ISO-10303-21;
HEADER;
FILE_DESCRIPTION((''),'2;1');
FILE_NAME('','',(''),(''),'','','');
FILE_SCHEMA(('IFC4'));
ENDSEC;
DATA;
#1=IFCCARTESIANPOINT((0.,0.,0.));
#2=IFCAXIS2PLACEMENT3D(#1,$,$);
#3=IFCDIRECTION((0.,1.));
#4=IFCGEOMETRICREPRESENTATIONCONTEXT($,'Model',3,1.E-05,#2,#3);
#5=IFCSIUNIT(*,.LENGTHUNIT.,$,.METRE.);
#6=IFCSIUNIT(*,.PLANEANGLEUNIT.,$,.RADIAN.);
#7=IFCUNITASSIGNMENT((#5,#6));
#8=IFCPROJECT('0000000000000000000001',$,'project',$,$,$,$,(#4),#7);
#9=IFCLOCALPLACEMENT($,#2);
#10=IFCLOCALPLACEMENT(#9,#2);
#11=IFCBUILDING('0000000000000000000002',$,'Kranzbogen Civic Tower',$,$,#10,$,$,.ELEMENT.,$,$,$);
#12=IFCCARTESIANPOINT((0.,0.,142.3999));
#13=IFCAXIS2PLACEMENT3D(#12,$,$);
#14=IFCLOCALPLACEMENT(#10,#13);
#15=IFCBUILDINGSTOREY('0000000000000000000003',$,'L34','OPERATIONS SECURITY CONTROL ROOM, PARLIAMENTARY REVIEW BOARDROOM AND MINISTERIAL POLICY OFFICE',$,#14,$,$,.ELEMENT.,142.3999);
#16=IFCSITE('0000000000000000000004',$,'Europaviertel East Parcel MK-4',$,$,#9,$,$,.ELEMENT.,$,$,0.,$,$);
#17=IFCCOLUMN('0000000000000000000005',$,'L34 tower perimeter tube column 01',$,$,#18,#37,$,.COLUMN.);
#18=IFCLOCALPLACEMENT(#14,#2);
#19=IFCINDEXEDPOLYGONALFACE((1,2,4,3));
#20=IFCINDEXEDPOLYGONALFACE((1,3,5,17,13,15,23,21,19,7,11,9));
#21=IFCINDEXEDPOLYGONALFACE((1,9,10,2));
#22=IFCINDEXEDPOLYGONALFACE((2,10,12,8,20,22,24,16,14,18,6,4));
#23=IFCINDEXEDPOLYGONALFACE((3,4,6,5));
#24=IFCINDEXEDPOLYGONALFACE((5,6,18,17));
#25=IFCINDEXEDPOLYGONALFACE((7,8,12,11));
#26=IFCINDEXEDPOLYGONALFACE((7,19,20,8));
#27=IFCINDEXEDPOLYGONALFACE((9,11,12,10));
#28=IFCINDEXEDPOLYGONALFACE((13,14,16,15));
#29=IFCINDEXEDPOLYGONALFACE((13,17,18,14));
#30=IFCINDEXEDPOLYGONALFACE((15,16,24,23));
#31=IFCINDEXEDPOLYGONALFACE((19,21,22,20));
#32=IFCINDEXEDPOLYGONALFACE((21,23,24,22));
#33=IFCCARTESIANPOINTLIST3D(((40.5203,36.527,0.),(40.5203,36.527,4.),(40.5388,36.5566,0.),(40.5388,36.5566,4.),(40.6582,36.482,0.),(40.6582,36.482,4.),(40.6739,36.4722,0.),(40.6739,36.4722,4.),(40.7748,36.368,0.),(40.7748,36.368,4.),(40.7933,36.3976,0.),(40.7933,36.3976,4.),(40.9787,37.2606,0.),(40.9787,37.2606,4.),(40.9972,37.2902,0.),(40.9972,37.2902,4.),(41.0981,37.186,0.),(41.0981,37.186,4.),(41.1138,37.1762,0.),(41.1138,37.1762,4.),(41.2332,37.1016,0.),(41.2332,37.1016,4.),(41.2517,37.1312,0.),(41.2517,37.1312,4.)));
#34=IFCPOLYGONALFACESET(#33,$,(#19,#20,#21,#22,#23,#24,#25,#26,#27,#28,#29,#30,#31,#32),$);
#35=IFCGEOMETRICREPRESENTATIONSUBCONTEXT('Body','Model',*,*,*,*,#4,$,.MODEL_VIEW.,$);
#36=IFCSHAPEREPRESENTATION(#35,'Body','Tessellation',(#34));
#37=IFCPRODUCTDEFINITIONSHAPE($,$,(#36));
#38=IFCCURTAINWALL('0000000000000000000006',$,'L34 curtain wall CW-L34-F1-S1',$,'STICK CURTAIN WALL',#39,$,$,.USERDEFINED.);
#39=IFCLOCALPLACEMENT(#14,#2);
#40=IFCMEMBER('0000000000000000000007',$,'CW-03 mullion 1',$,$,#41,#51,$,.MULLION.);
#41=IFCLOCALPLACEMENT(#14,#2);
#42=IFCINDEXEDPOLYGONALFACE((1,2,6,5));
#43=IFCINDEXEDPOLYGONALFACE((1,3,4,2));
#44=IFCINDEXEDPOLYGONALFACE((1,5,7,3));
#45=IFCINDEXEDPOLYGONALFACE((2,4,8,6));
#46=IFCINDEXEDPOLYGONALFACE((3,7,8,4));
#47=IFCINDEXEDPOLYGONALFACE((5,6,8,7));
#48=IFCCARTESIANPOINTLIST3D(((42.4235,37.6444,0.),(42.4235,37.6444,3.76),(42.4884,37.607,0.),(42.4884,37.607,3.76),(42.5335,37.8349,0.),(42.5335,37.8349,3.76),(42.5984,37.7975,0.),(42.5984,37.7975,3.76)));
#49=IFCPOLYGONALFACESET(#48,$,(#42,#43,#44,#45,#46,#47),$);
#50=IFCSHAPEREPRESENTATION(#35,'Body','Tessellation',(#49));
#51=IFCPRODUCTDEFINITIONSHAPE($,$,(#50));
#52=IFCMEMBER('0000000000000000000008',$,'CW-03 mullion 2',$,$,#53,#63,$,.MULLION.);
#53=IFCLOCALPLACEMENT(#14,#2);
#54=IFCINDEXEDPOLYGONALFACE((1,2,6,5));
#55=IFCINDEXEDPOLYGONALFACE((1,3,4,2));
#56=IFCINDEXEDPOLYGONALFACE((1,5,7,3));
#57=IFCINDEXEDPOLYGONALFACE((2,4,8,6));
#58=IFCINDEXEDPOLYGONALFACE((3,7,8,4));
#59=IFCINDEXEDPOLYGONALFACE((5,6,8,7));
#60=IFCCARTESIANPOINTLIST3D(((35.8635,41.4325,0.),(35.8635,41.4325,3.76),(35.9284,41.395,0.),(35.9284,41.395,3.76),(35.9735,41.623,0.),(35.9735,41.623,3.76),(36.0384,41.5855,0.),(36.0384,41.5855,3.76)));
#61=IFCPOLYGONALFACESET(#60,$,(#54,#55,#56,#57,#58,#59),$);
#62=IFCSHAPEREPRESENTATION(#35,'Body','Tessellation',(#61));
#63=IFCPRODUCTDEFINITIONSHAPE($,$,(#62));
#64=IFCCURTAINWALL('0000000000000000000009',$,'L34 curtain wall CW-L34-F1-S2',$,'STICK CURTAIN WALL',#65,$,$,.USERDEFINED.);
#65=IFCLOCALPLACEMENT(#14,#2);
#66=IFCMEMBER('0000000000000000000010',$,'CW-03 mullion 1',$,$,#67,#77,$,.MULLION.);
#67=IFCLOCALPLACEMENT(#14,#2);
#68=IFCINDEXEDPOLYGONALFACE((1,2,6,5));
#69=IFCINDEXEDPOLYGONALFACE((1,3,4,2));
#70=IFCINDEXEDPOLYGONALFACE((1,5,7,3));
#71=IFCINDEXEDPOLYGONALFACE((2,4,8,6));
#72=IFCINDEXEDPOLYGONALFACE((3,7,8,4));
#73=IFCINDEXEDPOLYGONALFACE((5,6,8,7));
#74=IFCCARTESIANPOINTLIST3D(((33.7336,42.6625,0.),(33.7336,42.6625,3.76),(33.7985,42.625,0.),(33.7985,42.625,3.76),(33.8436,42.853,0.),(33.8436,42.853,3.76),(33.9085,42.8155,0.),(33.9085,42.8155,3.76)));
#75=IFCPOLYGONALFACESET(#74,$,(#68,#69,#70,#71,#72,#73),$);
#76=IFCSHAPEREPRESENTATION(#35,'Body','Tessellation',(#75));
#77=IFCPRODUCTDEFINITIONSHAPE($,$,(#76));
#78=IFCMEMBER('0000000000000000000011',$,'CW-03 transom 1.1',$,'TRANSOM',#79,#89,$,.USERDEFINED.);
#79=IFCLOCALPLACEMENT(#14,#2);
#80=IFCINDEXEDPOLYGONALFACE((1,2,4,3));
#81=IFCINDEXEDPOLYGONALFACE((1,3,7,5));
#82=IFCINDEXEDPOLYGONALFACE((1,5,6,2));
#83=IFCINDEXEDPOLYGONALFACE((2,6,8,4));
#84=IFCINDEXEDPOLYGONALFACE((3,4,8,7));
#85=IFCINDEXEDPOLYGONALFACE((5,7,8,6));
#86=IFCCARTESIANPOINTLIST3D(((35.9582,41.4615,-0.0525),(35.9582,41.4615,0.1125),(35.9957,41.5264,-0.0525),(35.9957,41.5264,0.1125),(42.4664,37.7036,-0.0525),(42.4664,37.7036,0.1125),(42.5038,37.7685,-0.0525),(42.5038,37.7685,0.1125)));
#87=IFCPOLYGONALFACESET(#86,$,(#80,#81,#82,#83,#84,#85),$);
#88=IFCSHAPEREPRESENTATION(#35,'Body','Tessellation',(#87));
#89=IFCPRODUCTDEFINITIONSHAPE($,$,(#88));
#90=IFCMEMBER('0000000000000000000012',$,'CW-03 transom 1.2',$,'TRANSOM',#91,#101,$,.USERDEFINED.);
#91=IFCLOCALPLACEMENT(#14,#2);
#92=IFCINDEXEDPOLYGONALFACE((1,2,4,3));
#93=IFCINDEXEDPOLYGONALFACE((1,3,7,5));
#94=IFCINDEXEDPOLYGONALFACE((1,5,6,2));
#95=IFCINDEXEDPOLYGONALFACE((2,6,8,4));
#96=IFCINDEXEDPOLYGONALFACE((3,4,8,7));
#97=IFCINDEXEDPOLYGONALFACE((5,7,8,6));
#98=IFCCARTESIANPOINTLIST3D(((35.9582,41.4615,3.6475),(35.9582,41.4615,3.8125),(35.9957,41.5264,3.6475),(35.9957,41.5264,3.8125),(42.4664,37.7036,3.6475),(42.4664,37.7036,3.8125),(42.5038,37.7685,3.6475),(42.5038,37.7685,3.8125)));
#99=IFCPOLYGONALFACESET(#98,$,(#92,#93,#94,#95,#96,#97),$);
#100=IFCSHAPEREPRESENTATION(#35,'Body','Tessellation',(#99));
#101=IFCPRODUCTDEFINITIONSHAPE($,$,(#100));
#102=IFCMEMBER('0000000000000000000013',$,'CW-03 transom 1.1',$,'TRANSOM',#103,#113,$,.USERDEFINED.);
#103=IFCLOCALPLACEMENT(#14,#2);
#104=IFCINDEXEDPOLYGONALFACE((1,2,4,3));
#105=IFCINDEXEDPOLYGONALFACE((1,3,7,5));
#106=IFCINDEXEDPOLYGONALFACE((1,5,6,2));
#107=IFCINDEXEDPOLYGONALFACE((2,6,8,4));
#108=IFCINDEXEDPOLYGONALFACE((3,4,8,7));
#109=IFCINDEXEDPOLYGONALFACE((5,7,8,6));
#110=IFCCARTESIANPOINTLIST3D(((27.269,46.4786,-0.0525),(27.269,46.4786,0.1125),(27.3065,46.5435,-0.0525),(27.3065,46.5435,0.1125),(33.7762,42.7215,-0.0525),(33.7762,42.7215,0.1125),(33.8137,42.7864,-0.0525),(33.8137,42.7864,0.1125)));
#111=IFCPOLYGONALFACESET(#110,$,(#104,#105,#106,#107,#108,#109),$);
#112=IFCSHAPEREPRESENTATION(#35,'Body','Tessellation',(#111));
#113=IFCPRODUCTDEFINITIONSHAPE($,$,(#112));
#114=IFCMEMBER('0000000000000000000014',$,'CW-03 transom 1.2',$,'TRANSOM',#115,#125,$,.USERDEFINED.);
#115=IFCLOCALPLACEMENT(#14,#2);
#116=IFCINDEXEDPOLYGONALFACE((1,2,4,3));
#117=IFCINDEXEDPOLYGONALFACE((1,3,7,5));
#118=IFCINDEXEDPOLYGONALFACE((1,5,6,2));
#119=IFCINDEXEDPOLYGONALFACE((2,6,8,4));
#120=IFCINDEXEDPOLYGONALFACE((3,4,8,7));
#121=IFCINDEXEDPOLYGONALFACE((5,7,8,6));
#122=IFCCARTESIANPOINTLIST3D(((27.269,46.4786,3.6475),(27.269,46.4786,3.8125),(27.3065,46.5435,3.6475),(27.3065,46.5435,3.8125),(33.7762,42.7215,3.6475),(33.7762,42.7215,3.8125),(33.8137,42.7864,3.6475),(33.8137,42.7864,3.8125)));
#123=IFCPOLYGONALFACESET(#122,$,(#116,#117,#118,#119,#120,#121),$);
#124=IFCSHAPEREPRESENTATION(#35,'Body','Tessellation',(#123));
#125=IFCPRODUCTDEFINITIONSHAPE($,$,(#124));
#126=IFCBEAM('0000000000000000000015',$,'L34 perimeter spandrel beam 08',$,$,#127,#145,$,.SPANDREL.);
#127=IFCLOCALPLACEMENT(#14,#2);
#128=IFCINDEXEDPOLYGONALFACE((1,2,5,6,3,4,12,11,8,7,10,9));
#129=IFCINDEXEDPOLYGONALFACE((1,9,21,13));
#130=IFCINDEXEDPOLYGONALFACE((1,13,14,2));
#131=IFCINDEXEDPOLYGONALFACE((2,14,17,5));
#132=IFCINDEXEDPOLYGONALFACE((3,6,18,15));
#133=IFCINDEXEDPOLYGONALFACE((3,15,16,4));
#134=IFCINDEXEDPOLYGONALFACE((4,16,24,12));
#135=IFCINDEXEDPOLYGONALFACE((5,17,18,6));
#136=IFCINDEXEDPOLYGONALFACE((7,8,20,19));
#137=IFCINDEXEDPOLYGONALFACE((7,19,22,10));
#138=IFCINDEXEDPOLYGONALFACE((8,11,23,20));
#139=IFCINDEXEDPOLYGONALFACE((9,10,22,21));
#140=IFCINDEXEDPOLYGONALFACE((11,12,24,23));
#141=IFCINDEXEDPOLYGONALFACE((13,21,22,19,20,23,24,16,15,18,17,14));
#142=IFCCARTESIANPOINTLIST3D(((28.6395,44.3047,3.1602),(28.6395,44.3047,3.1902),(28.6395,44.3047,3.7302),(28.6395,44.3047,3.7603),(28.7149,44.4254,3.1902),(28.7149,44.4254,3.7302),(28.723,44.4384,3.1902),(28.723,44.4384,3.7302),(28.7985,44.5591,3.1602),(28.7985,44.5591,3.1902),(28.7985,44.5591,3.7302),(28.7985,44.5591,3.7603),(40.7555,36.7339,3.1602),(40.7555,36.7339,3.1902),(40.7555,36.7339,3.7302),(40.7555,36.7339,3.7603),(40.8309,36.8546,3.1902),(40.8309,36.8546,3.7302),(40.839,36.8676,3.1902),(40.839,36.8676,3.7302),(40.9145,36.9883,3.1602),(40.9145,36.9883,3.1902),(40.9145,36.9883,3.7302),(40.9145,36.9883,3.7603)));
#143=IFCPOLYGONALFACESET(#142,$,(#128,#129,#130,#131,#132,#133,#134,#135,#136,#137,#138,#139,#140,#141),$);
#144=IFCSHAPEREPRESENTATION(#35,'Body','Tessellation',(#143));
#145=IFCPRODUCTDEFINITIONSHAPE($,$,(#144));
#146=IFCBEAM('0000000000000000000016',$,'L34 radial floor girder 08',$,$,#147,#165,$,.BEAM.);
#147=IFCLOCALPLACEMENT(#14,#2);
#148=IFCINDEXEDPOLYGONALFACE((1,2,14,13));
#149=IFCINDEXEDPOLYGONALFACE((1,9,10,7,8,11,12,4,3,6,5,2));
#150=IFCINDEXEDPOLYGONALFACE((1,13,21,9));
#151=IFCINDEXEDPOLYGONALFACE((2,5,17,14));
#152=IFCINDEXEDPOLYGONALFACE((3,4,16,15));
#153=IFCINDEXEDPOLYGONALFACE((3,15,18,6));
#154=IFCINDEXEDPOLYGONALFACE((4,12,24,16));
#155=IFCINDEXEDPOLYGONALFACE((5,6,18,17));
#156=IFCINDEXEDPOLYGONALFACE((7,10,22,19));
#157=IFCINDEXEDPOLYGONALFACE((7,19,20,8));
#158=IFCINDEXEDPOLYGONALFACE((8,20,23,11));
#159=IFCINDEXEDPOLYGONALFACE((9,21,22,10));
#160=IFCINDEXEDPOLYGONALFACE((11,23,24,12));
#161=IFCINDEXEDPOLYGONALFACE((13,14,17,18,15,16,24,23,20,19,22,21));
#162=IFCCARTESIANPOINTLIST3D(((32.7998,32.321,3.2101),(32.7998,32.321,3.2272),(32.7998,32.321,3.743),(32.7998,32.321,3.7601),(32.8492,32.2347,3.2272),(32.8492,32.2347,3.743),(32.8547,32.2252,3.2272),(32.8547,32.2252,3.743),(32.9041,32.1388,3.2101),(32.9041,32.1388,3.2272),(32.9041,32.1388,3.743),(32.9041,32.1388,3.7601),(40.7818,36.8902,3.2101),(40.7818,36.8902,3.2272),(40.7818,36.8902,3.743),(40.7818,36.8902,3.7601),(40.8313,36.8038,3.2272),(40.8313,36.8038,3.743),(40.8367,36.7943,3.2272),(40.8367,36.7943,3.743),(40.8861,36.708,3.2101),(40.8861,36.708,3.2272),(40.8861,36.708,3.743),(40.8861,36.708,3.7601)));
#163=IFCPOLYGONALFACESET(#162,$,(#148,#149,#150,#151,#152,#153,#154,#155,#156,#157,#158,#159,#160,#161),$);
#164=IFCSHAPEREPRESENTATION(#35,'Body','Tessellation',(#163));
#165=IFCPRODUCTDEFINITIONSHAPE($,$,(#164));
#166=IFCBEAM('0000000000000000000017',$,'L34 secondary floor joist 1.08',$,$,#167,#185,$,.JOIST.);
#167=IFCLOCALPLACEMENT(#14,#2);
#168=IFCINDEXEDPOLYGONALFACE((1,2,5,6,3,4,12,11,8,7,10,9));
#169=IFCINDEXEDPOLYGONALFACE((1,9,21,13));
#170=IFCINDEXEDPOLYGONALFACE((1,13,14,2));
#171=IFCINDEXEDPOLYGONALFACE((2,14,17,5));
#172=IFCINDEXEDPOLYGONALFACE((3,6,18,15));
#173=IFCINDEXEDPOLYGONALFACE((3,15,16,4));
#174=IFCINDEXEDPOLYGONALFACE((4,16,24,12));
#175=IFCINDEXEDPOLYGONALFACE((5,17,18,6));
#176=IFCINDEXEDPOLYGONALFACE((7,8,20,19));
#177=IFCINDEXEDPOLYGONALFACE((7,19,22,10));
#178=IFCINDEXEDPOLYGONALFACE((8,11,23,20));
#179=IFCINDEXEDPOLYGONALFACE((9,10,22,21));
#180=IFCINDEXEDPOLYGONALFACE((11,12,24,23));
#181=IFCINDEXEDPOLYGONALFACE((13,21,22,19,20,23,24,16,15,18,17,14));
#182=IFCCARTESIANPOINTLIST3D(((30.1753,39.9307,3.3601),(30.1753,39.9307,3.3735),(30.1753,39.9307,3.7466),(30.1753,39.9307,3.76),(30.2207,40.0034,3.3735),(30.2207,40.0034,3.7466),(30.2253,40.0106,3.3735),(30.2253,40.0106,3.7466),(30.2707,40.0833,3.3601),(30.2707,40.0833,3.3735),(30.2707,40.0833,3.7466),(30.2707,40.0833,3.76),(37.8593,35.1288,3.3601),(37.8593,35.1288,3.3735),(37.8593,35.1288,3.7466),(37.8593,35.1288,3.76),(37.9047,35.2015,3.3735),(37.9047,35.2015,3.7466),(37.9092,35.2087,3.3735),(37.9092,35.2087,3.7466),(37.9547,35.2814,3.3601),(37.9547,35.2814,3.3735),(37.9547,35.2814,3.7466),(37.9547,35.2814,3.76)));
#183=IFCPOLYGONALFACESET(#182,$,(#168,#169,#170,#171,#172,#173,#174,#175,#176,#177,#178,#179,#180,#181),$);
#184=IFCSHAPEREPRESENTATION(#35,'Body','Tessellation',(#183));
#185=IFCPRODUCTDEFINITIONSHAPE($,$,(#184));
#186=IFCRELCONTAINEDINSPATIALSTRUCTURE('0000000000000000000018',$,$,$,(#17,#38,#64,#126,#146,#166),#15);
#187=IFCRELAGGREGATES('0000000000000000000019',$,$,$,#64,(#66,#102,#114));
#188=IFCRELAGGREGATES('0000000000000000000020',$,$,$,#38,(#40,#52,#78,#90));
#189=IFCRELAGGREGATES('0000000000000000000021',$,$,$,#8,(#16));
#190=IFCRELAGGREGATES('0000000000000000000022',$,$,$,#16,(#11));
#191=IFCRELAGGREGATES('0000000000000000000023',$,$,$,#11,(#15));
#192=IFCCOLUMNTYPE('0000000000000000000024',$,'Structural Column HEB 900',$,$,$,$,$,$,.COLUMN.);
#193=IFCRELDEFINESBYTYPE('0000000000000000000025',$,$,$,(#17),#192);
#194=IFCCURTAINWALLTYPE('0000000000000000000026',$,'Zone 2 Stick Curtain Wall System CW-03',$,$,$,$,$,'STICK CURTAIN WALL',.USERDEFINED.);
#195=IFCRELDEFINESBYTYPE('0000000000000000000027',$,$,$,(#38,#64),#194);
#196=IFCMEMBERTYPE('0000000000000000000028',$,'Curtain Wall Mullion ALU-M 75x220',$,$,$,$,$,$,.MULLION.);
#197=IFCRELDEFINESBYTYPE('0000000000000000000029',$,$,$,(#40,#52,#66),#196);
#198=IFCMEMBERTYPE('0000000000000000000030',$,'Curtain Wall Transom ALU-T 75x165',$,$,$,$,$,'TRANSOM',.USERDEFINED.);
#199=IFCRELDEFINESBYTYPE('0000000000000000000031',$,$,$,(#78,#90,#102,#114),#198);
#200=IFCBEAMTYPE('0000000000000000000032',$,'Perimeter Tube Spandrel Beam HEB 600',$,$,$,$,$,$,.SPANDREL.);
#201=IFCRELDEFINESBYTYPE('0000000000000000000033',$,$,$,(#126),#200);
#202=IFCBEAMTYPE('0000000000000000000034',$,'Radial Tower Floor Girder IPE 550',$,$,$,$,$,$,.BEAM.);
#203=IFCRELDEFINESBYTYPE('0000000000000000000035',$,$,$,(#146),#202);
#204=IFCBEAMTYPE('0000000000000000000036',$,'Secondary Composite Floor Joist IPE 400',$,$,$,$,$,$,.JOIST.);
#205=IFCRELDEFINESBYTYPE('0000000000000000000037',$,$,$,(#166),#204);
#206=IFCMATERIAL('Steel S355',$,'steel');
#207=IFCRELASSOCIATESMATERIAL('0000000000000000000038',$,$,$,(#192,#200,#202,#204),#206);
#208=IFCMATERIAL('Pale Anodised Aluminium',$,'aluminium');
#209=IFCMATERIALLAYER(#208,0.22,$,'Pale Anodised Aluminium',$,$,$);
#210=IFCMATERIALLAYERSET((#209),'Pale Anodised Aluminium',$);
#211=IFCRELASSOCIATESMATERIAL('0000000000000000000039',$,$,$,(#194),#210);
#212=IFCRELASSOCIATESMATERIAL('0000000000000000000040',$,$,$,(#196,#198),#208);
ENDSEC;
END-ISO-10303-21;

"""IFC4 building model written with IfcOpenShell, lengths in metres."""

from ifc_helpers import new_model, si_unit, direction, frame, origin, origin_2d, place, context, subcontext, project, spatial, rectangle, i_section, extrude, material, layer, layer_set, material_profile, profile_set, type_object, element, aggregate, save


model = new_model("IFC4")

# Units and contexts
model_context = context("Model", 3, precision=1e-05, world=origin(), true_north=direction((0.0, 1.0)))
body_context = subcontext(model_context, "Body", "Model", "MODEL_VIEW")
ifc_project = project(units=[si_unit("LENGTHUNIT", "METRE"), si_unit("PLANEANGLEUNIT", "RADIAN")], contexts=[model_context])

# Site, building, storey
site_placement = place(None, origin())
site = spatial("IfcSite", under=ifc_project, at=site_placement, Name="Europaviertel East Parcel MK-4", CompositionType="ELEMENT", RefElevation=0.0)
building_placement = place(site_placement, origin())
building = spatial("IfcBuilding", under=site, at=building_placement, Name="Kranzbogen Civic Tower", CompositionType="ELEMENT")
storey_placement = place(building_placement, frame((0.0, 0.0, 142.3999)))
storey = spatial("IfcBuildingStorey", under=building, at=storey_placement, Name="L34", Description="OPERATIONS SECURITY CONTROL ROOM, PARLIAMENTARY REVIEW BOARDROOM AND MINISTERIAL POLICY OFFICE", CompositionType="ELEMENT", Elevation=142.3999)

# Column
ifc_material_1 = material(Name="Steel S355", Category="steel")
ifc_material_profile_1 = material_profile(ifc_material_1, i_section(OverallWidth=0.3, OverallDepth=0.8999, WebThickness=0.0186, FlangeThickness=0.0349, at=origin_2d()), Name="HEB 900")
ifc_profile_set_1 = profile_set([ifc_material_profile_1], Name="Steel S355")
column_type = type_object("IfcColumnType", Name="Structural Column HEB 900", PredefinedType="COLUMN", material=ifc_profile_set_1)
column_placement = place(storey_placement, frame((40.886, 36.8291, 0.0), z_axis=(0.0, 0.0, 1.0), x_axis=(-0.848048, 0.529919, 0.0)))
element("IfcColumn", 1, at=column_placement, inside=storey, type_object=column_type, Name="L34 tower perimeter tube column 01", PredefinedType="COLUMN", context=body_context, shape_type="SweptSolid", body=[
    extrude(i_section(OverallWidth=0.3, OverallDepth=0.8999, WebThickness=0.0186, FlangeThickness=0.0349, at=origin_2d()), origin(), (0.0, 0.0, 1.0), 4.0),
])

# Curtain wall, members
ifc_material_2 = material(Name="Pale Anodised Aluminium", Category="aluminium")
ifc_layer_1 = layer(ifc_material_2, 0.22, Name="Pale Anodised Aluminium")
ifc_layer_set_1 = layer_set([ifc_layer_1], Name="Pale Anodised Aluminium")
curtain_wall_type = type_object("IfcCurtainWallType", Name="Zone 2 Stick Curtain Wall System CW-03", ElementType="STICK CURTAIN WALL", PredefinedType="USERDEFINED", material=ifc_layer_set_1)
curtain_wall_1_placement = place(storey_placement, origin())
curtain_wall_1 = element("IfcCurtainWall", 2, at=curtain_wall_1_placement, inside=storey, type_object=curtain_wall_type, Name="L34 curtain wall CW-L34-F1-S1", ObjectType="STICK CURTAIN WALL", PredefinedType="USERDEFINED")
ifc_material_profile_2 = material_profile(ifc_material_2, rectangle(XDim=0.075, YDim=0.22, at=origin_2d()), Name="ALU-M 75x220")
ifc_profile_set_2 = profile_set([ifc_material_profile_2], Name="Pale Anodised Aluminium")
member_type_1 = type_object("IfcMemberType", Name="Curtain Wall Mullion ALU-M 75x220", PredefinedType="MULLION", material=ifc_profile_set_2)
member_1_placement = place(storey_placement, frame((42.511, 37.7209, 0.0), z_axis=(0.0, 0.0, 1.0), x_axis=(-0.865994, 0.500055, 0.0)))
member_1 = element("IfcMember", 3, at=member_1_placement, type_object=member_type_1, Name="CW-03 mullion 1", PredefinedType="MULLION", context=body_context, shape_type="SweptSolid", body=[
    extrude(rectangle(XDim=0.075, YDim=0.22, at=origin_2d()), origin(), (0.0, 0.0, 1.0), 3.76),
])
member_2_placement = place(storey_placement, frame((35.9509, 41.509, 0.0), z_axis=(0.0, 0.0, 1.0), x_axis=(-0.865994, 0.500055, 0.0)))
member_2 = element("IfcMember", 4, at=member_2_placement, type_object=member_type_1, Name="CW-03 mullion 2", PredefinedType="MULLION", context=body_context, shape_type="SweptSolid", body=[
    extrude(rectangle(XDim=0.075, YDim=0.22, at=origin_2d()), origin(), (0.0, 0.0, 1.0), 3.76),
])

# Curtain wall, member
curtain_wall_2_placement = place(storey_placement, origin())
curtain_wall_2 = element("IfcCurtainWall", 5, at=curtain_wall_2_placement, inside=storey, type_object=curtain_wall_type, Name="L34 curtain wall CW-L34-F1-S2", ObjectType="STICK CURTAIN WALL", PredefinedType="USERDEFINED")
member_3_placement = place(storey_placement, frame((33.821, 42.739, 0.0), z_axis=(0.0, 0.0, 1.0), x_axis=(-0.866018, 0.500013, 0.0)))
member_3 = element("IfcMember", 6, at=member_3_placement, type_object=member_type_1, Name="CW-03 mullion 1", PredefinedType="MULLION", context=body_context, shape_type="SweptSolid", body=[
    extrude(rectangle(XDim=0.075, YDim=0.22, at=origin_2d()), origin(), (0.0, 0.0, 1.0), 3.76),
])

# Members
ifc_material_profile_3 = material_profile(ifc_material_2, rectangle(XDim=0.075, YDim=0.165, at=origin_2d()), Name="ALU-T 75x165")
ifc_profile_set_3 = profile_set([ifc_material_profile_3], Name="Pale Anodised Aluminium")
member_type_2 = type_object("IfcMemberType", Name="Curtain Wall Transom ALU-T 75x165", ElementType="TRANSOM", PredefinedType="USERDEFINED", material=ifc_profile_set_3)
member_4_placement = place(storey_placement, frame((42.4851, 37.7361, 0.03), z_axis=(-0.866003, 0.500038, 0.0), x_axis=(-0.500038, -0.866003, 0.0)))
member_4 = element("IfcMember", 7, at=member_4_placement, type_object=member_type_2, Name="CW-03 transom 1.1", ObjectType="TRANSOM", PredefinedType="USERDEFINED", context=body_context, shape_type="SweptSolid", body=[
    extrude(rectangle(XDim=0.075, YDim=0.165, at=origin_2d()), origin(), (0.0, 0.0, 1.0), 7.5151),
])
member_5_placement = place(storey_placement, frame((42.4851, 37.7361, 3.73), z_axis=(-0.866003, 0.500038, 0.0), x_axis=(-0.500038, -0.866003, 0.0)))
member_5 = element("IfcMember", 8, at=member_5_placement, type_object=member_type_2, Name="CW-03 transom 1.2", ObjectType="TRANSOM", PredefinedType="USERDEFINED", context=body_context, shape_type="SweptSolid", body=[
    extrude(rectangle(XDim=0.075, YDim=0.165, at=origin_2d()), origin(), (0.0, 0.0, 1.0), 7.5151),
])
member_6_placement = place(storey_placement, frame((33.7949, 42.7539, 0.03), z_axis=(-0.866013, 0.500022, 0.0), x_axis=(-0.500022, -0.866013, 0.0)))
member_6 = element("IfcMember", 9, at=member_6_placement, type_object=member_type_2, Name="CW-03 transom 1.1", ObjectType="TRANSOM", PredefinedType="USERDEFINED", context=body_context, shape_type="SweptSolid", body=[
    extrude(rectangle(XDim=0.075, YDim=0.165, at=origin_2d()), origin(), (0.0, 0.0, 1.0), 7.5139),
])
member_7_placement = place(storey_placement, frame((33.7949, 42.7539, 3.73), z_axis=(-0.866013, 0.500022, 0.0), x_axis=(-0.500022, -0.866013, 0.0)))
member_7 = element("IfcMember", 10, at=member_7_placement, type_object=member_type_2, Name="CW-03 transom 1.2", ObjectType="TRANSOM", PredefinedType="USERDEFINED", context=body_context, shape_type="SweptSolid", body=[
    extrude(rectangle(XDim=0.075, YDim=0.165, at=origin_2d()), origin(), (0.0, 0.0, 1.0), 7.5139),
])
aggregate(curtain_wall_2, [member_3, member_6, member_7])

# Beams
ifc_material_profile_4 = material_profile(ifc_material_1, i_section(OverallWidth=0.3, OverallDepth=0.6001, WebThickness=0.0154, FlangeThickness=0.03, at=origin_2d()), Name="HEB 600")
ifc_profile_set_4 = profile_set([ifc_material_profile_4], Name="Steel S355")
beam_type_1 = type_object("IfcBeamType", Name="Perimeter Tube Spandrel Beam HEB 600", PredefinedType="SPANDREL", material=ifc_profile_set_4)
beam_1_placement = place(storey_placement, frame((40.835, 36.8611, 3.4602), z_axis=(-0.848051, 0.529914, 0.0), x_axis=(-0.529914, -0.848051, 0.0)))
element("IfcBeam", 11, at=beam_1_placement, inside=storey, type_object=beam_type_1, Name="L34 perimeter spandrel beam 08", PredefinedType="SPANDREL", context=body_context, shape_type="SweptSolid", body=[
    extrude(i_section(OverallWidth=0.3, OverallDepth=0.6001, WebThickness=0.0154, FlangeThickness=0.03, at=origin_2d()), origin(), (0.0, 0.0, 1.0), 14.2869),
])
ifc_material_profile_5 = material_profile(ifc_material_1, i_section(OverallWidth=0.21, OverallDepth=0.55, WebThickness=0.011, FlangeThickness=0.0171, at=origin_2d()), Name="IPE 550")
ifc_profile_set_5 = profile_set([ifc_material_profile_5], Name="Steel S355")
beam_type_2 = type_object("IfcBeamType", Name="Radial Tower Floor Girder IPE 550", PredefinedType="BEAM", material=ifc_profile_set_5)
beam_2_placement = place(storey_placement, frame((40.834, 36.7991, 3.4851), z_axis=(-0.867869, -0.496793, 0.0), x_axis=(0.496793, -0.867869, 0.0)))
element("IfcBeam", 12, at=beam_2_placement, inside=storey, type_object=beam_type_2, Name="L34 radial floor girder 08", PredefinedType="BEAM", context=body_context, shape_type="SweptSolid", body=[
    extrude(i_section(OverallWidth=0.21, OverallDepth=0.55, WebThickness=0.011, FlangeThickness=0.0171, at=origin_2d()), origin(), (0.0, 0.0, 1.0), 9.1973),
])
ifc_material_profile_6 = material_profile(ifc_material_1, i_section(OverallWidth=0.1799, OverallDepth=0.3999, WebThickness=0.0085, FlangeThickness=0.0134, at=origin_2d()), Name="IPE 400")
ifc_profile_set_6 = profile_set([ifc_material_profile_6], Name="Steel S355")
beam_type_3 = type_object("IfcBeamType", Name="Secondary Composite Floor Joist IPE 400", PredefinedType="JOIST", material=ifc_profile_set_6)
beam_3_placement = place(storey_placement, frame((37.907, 35.2051, 3.5601), z_axis=(-0.848026, 0.529955, 0.0), x_axis=(-0.529955, -0.848026, 0.0)))
element("IfcBeam", 13, at=beam_3_placement, inside=storey, type_object=beam_type_3, Name="L34 secondary floor joist 1.08", PredefinedType="JOIST", context=body_context, shape_type="SweptSolid", body=[
    extrude(i_section(OverallWidth=0.1799, OverallDepth=0.3999, WebThickness=0.0085, FlangeThickness=0.0134, at=origin_2d()), origin(), (0.0, 0.0, 1.0), 9.061),
])

aggregate(curtain_wall_1, [member_1, member_2, member_4, member_5])

save(model, "model.ifc")
